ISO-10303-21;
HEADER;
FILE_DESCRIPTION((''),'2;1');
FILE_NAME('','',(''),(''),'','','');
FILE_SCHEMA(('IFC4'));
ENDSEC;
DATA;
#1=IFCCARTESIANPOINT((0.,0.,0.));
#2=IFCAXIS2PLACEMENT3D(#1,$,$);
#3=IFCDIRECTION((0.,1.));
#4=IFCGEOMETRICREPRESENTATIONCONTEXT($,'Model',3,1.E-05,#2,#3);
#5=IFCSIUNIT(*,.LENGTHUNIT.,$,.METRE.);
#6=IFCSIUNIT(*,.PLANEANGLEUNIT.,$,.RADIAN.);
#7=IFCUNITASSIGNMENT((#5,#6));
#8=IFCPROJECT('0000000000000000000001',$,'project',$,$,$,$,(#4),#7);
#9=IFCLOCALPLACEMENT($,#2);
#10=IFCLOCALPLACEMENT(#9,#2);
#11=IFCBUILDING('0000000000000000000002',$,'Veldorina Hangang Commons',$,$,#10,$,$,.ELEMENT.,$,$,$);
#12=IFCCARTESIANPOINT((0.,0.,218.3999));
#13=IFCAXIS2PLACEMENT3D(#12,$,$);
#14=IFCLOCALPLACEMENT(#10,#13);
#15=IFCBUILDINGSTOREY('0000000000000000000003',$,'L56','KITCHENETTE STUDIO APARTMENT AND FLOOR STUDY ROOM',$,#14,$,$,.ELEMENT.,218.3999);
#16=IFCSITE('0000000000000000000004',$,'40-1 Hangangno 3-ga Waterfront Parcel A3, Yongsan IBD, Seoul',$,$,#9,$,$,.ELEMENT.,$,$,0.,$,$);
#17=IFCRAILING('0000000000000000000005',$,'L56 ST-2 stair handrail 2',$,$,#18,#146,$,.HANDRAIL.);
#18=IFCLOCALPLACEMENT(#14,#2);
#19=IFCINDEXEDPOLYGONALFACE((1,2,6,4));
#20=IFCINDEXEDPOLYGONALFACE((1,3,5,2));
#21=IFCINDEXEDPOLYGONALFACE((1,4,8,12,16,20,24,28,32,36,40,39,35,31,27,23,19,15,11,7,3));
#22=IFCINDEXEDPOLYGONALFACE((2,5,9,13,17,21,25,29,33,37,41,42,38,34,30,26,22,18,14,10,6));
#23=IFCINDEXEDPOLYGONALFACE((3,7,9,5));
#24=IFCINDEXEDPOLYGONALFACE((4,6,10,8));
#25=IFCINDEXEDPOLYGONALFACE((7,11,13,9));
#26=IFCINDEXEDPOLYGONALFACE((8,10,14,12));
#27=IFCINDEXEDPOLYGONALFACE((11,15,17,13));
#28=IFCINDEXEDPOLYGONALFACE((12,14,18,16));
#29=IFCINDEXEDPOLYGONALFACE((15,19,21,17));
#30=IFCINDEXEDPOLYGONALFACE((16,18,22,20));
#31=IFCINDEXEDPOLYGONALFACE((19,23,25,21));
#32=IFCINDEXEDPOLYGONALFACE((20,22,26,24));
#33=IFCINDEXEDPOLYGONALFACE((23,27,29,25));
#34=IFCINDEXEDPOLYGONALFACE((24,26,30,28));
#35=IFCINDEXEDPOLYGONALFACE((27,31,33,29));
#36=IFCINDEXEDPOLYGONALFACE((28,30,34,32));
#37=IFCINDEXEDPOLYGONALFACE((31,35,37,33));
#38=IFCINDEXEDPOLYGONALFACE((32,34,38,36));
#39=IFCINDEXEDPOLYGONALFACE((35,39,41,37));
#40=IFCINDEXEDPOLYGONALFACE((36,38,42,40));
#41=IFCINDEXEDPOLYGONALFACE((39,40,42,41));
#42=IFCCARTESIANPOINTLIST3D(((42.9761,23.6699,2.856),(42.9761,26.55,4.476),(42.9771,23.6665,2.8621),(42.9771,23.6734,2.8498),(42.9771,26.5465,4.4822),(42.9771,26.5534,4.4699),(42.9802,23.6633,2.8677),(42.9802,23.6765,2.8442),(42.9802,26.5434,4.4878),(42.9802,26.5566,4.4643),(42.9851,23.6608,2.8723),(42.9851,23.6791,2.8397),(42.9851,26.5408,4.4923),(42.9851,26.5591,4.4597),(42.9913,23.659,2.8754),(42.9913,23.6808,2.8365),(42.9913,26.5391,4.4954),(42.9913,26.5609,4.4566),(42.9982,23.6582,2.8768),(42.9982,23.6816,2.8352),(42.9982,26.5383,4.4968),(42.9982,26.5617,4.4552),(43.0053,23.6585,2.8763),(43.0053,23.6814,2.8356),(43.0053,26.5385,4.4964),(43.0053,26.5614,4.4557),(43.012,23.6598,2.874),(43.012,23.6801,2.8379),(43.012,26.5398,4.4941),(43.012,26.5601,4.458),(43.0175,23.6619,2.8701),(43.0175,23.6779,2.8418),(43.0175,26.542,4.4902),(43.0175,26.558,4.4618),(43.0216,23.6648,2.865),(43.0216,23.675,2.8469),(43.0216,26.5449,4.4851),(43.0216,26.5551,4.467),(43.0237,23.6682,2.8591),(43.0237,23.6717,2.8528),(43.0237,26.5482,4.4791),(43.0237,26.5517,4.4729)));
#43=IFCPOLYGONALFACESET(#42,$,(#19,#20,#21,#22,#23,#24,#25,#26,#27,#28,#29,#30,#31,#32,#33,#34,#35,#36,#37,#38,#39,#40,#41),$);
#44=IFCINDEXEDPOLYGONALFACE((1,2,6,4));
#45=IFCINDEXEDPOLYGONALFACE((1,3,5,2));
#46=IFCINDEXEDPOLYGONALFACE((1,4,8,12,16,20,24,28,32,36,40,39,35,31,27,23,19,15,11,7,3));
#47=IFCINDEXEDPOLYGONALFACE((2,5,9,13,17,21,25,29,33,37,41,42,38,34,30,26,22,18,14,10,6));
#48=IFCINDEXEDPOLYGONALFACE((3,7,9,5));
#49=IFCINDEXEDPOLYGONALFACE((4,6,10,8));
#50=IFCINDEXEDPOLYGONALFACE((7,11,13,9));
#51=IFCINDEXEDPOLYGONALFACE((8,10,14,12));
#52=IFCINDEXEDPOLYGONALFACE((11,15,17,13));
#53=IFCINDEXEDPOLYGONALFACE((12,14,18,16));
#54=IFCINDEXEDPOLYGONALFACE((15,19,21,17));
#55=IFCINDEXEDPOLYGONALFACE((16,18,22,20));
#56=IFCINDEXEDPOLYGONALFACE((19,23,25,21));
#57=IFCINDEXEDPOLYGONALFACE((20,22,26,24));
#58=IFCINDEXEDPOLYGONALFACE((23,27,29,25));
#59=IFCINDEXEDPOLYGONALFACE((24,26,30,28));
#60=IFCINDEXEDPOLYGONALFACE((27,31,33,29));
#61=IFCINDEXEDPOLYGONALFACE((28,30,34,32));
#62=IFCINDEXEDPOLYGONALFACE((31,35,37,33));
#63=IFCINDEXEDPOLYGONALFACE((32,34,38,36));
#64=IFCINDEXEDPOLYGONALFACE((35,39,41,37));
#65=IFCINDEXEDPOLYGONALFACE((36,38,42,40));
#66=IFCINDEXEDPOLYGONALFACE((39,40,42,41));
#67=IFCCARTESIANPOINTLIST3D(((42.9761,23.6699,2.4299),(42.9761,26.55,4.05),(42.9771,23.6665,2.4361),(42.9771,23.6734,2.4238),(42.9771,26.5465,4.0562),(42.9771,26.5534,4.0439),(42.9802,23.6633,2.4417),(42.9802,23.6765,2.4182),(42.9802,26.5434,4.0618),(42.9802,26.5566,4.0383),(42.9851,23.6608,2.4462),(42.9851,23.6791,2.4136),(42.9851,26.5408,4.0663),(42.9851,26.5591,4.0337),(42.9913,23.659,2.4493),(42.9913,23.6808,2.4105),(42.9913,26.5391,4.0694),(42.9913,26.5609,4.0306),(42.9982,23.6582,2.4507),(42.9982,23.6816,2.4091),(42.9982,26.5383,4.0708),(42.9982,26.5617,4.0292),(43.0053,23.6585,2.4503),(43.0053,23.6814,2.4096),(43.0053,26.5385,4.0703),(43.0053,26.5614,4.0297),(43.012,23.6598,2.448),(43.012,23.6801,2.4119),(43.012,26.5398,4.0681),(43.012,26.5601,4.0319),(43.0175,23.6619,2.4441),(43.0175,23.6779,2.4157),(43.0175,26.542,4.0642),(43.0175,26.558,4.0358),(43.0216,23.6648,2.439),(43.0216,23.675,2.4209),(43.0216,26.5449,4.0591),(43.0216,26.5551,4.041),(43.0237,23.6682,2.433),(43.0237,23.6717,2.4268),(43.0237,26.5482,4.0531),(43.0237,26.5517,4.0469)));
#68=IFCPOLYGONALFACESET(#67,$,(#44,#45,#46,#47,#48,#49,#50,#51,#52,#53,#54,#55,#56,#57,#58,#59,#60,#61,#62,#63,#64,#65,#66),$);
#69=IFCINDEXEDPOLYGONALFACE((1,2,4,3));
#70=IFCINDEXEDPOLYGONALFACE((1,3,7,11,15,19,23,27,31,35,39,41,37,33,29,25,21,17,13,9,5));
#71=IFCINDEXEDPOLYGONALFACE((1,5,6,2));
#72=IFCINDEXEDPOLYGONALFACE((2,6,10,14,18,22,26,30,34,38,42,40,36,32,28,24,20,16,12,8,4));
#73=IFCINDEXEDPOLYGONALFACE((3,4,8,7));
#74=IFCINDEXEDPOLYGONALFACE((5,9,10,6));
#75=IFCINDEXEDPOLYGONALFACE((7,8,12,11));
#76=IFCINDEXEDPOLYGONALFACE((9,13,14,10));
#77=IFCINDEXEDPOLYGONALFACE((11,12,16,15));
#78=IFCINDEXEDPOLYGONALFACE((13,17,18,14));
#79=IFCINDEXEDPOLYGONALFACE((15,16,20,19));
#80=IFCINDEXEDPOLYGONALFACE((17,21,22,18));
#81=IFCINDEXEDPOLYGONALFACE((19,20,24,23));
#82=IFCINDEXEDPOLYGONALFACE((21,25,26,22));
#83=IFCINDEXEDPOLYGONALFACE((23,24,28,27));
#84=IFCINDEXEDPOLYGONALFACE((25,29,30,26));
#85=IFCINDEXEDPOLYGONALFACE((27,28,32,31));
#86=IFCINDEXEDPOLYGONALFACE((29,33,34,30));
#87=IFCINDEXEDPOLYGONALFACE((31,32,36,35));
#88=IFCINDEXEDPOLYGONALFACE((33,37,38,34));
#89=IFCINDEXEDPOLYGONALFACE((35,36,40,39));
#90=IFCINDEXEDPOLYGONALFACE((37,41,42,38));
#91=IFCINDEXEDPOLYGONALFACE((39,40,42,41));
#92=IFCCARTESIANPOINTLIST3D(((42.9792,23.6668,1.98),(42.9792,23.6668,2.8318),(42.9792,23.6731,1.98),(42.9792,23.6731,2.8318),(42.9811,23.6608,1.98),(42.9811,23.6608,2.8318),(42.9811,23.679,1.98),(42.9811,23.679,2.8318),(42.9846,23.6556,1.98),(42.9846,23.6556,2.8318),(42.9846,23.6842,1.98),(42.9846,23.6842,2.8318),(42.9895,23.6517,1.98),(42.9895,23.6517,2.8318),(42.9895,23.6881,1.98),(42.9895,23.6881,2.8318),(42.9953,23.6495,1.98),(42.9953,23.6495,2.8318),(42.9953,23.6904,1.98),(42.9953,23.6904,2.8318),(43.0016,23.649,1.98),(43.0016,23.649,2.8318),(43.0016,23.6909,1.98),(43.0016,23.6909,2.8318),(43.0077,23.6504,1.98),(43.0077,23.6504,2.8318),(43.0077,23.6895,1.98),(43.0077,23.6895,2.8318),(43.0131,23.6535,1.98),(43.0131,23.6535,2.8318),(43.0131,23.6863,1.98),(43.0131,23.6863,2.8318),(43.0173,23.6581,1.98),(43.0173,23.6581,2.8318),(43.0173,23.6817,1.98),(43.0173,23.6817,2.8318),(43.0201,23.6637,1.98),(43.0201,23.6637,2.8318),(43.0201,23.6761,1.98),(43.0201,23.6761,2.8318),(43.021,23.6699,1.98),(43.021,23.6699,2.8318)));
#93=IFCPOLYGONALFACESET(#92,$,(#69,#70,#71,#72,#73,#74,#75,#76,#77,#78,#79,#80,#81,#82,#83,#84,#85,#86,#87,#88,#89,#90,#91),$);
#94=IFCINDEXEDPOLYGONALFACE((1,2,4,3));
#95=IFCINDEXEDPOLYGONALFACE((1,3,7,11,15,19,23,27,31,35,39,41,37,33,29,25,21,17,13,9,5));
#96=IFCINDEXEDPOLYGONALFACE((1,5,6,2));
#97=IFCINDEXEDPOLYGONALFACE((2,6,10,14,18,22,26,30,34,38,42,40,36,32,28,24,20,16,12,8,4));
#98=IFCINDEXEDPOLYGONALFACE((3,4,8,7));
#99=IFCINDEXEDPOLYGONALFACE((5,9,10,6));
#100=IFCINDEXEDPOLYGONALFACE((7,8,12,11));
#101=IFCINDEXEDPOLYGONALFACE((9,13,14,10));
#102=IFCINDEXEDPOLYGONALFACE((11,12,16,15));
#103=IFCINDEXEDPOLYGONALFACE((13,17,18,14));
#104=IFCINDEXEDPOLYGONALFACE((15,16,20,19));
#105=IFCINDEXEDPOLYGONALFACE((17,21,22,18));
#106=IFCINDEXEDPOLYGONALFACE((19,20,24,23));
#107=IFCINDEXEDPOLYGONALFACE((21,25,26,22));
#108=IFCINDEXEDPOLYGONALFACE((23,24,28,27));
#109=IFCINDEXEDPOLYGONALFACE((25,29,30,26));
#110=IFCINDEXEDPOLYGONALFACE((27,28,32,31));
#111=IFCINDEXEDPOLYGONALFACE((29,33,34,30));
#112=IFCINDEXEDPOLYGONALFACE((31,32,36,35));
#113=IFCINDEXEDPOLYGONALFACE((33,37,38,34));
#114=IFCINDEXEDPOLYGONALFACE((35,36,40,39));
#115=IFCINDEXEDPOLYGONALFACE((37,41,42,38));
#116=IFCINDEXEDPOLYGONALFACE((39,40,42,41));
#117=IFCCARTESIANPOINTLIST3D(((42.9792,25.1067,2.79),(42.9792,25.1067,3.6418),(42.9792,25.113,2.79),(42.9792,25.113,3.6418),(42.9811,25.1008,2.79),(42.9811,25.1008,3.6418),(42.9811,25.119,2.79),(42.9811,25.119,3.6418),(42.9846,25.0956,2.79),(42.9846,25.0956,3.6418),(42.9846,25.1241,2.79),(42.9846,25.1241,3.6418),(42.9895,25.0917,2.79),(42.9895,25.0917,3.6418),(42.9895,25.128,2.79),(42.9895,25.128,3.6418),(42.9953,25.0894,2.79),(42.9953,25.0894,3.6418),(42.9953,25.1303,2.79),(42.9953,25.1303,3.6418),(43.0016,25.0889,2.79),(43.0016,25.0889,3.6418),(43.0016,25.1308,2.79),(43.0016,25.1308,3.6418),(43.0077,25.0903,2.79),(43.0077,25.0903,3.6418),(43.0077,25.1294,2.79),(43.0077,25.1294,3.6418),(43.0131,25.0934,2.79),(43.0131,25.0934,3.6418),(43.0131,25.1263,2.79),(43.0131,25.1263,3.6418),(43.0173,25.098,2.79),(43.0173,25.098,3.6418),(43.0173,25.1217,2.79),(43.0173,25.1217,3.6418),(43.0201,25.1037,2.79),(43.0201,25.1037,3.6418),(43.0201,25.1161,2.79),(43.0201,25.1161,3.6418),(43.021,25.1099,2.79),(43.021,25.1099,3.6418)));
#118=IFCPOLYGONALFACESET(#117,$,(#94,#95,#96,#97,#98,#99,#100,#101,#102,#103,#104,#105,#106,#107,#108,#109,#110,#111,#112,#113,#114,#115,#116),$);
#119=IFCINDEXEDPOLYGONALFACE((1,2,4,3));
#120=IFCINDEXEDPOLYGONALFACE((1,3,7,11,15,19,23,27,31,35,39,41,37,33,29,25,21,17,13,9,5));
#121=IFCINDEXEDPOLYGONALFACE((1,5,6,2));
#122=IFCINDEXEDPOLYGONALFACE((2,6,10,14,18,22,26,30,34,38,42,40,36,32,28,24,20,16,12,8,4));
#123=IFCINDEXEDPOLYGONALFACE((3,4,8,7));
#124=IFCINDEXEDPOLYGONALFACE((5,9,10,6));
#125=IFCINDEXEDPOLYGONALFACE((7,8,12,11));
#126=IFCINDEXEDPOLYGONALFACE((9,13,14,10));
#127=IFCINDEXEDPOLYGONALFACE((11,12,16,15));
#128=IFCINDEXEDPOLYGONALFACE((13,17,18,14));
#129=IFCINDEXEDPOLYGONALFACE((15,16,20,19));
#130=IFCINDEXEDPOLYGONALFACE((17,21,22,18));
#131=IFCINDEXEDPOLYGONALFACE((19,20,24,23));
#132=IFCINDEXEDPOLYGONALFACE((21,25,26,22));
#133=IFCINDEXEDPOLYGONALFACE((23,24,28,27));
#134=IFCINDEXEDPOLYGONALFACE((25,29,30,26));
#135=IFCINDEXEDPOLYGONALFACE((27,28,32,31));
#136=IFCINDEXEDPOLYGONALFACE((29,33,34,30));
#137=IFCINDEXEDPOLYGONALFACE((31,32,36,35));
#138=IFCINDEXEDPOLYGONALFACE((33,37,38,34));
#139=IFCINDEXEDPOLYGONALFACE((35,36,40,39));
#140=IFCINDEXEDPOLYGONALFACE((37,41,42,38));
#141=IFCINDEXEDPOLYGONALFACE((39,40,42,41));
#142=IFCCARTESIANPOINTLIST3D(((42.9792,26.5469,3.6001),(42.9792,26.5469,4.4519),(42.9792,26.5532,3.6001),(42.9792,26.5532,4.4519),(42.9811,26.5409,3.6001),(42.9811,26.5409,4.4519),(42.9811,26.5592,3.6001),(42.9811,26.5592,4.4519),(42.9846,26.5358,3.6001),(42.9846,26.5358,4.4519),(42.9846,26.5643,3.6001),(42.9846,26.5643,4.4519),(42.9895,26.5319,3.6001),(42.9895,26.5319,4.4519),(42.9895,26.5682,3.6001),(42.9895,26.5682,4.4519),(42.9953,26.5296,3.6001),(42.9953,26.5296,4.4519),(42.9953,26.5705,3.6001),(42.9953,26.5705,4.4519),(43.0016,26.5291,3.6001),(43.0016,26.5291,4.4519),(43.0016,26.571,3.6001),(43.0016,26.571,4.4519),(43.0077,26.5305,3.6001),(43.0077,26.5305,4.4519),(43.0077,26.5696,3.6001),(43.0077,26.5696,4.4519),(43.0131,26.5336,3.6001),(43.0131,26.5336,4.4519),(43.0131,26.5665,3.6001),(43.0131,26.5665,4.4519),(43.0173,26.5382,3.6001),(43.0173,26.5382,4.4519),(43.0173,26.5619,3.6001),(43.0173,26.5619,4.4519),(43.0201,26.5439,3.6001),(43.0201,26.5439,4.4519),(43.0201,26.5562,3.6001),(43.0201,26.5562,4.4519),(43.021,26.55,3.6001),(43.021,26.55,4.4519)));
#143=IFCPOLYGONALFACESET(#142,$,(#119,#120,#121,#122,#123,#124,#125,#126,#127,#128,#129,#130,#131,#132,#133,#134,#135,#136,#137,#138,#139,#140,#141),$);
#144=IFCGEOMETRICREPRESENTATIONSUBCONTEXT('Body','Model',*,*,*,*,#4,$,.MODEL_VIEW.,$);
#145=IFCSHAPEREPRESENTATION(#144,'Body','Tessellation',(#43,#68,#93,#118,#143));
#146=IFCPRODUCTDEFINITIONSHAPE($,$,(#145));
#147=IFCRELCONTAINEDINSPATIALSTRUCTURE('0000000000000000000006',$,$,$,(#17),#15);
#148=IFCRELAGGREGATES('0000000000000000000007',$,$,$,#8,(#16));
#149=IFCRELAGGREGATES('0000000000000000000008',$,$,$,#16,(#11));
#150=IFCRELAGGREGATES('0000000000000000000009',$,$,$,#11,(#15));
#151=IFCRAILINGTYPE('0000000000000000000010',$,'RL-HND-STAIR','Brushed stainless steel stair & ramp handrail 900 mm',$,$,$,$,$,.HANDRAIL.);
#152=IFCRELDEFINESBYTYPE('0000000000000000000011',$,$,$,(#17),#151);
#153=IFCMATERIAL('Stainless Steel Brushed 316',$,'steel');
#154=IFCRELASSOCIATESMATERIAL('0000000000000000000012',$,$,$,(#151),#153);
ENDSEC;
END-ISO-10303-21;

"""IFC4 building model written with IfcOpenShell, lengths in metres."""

from ifc_helpers import new_model, si_unit, direction, frame, origin, origin_2d, place, context, subcontext, project, spatial, circle, extrude, material, type_object, element, save


model = new_model("IFC4")

# Units and contexts
model_context = context("Model", 3, precision=1e-05, world=origin(), true_north=direction((0.0, 1.0)))
body_context = subcontext(model_context, "Body", "Model", "MODEL_VIEW")
ifc_project = project(units=[si_unit("LENGTHUNIT", "METRE"), si_unit("PLANEANGLEUNIT", "RADIAN")], contexts=[model_context])

# Site, building, storey
site_placement = place(None, origin())
site = spatial("IfcSite", under=ifc_project, at=site_placement, Name="40-1 Hangangno 3-ga Waterfront Parcel A3, Yongsan IBD, Seoul", CompositionType="ELEMENT", RefElevation=0.0)
building_placement = place(site_placement, origin())
building = spatial("IfcBuilding", under=site, at=building_placement, Name="Veldorina Hangang Commons", CompositionType="ELEMENT")
storey_placement = place(building_placement, frame((0.0, 0.0, 218.3999)))
storey = spatial("IfcBuildingStorey", under=building, at=storey_placement, Name="L56", Description="KITCHENETTE STUDIO APARTMENT AND FLOOR STUDY ROOM", CompositionType="ELEMENT", Elevation=218.3999)

# Railing
ifc_material_1 = material(Name="Stainless Steel Brushed 316", Category="steel")
railing_type_1 = type_object("IfcRailingType", Name="RL-HND-STAIR", Description="Brushed stainless steel stair & ramp handrail 900 mm", PredefinedType="HANDRAIL", material=ifc_material_1)
railing_1_placement = place(storey_placement, frame((43.0, 23.6699, 1.98)))
element("IfcRailing", 1, at=railing_1_placement, inside=storey, type_object=railing_type_1, Name="L56 ST-2 stair handrail 2", PredefinedType="HANDRAIL", context=body_context, shape_type="SweptSolid", body=[
    extrude(circle(Radius=0.0239, at=origin_2d()), frame((0.0, 0.0, 0.876), z_axis=(0.0, 0.87157, 0.490272), x_axis=(-1.0, 0.0, 0.0)), (0.0, 0.0, 1.0), 3.3044),
    extrude(circle(Radius=0.0239, at=origin_2d()), frame((0.0, 0.0, 0.45), z_axis=(0.0, 0.87157, 0.490272), x_axis=(-1.0, 0.0, 0.0)), (0.0, 0.0, 1.0), 3.3044),
    extrude(circle(Radius=0.021, at=origin_2d()), origin(), (0.0, 0.0, 1.0), 0.8518),
    extrude(circle(Radius=0.021, at=origin_2d()), frame((0.0, 1.4399, 0.8101)), (0.0, 0.0, 1.0), 0.8518),
    extrude(circle(Radius=0.021, at=origin_2d()), frame((0.0, 2.8801, 1.6201)), (0.0, 0.0, 1.0), 0.8518),
])

save(model, "model.ifc")
